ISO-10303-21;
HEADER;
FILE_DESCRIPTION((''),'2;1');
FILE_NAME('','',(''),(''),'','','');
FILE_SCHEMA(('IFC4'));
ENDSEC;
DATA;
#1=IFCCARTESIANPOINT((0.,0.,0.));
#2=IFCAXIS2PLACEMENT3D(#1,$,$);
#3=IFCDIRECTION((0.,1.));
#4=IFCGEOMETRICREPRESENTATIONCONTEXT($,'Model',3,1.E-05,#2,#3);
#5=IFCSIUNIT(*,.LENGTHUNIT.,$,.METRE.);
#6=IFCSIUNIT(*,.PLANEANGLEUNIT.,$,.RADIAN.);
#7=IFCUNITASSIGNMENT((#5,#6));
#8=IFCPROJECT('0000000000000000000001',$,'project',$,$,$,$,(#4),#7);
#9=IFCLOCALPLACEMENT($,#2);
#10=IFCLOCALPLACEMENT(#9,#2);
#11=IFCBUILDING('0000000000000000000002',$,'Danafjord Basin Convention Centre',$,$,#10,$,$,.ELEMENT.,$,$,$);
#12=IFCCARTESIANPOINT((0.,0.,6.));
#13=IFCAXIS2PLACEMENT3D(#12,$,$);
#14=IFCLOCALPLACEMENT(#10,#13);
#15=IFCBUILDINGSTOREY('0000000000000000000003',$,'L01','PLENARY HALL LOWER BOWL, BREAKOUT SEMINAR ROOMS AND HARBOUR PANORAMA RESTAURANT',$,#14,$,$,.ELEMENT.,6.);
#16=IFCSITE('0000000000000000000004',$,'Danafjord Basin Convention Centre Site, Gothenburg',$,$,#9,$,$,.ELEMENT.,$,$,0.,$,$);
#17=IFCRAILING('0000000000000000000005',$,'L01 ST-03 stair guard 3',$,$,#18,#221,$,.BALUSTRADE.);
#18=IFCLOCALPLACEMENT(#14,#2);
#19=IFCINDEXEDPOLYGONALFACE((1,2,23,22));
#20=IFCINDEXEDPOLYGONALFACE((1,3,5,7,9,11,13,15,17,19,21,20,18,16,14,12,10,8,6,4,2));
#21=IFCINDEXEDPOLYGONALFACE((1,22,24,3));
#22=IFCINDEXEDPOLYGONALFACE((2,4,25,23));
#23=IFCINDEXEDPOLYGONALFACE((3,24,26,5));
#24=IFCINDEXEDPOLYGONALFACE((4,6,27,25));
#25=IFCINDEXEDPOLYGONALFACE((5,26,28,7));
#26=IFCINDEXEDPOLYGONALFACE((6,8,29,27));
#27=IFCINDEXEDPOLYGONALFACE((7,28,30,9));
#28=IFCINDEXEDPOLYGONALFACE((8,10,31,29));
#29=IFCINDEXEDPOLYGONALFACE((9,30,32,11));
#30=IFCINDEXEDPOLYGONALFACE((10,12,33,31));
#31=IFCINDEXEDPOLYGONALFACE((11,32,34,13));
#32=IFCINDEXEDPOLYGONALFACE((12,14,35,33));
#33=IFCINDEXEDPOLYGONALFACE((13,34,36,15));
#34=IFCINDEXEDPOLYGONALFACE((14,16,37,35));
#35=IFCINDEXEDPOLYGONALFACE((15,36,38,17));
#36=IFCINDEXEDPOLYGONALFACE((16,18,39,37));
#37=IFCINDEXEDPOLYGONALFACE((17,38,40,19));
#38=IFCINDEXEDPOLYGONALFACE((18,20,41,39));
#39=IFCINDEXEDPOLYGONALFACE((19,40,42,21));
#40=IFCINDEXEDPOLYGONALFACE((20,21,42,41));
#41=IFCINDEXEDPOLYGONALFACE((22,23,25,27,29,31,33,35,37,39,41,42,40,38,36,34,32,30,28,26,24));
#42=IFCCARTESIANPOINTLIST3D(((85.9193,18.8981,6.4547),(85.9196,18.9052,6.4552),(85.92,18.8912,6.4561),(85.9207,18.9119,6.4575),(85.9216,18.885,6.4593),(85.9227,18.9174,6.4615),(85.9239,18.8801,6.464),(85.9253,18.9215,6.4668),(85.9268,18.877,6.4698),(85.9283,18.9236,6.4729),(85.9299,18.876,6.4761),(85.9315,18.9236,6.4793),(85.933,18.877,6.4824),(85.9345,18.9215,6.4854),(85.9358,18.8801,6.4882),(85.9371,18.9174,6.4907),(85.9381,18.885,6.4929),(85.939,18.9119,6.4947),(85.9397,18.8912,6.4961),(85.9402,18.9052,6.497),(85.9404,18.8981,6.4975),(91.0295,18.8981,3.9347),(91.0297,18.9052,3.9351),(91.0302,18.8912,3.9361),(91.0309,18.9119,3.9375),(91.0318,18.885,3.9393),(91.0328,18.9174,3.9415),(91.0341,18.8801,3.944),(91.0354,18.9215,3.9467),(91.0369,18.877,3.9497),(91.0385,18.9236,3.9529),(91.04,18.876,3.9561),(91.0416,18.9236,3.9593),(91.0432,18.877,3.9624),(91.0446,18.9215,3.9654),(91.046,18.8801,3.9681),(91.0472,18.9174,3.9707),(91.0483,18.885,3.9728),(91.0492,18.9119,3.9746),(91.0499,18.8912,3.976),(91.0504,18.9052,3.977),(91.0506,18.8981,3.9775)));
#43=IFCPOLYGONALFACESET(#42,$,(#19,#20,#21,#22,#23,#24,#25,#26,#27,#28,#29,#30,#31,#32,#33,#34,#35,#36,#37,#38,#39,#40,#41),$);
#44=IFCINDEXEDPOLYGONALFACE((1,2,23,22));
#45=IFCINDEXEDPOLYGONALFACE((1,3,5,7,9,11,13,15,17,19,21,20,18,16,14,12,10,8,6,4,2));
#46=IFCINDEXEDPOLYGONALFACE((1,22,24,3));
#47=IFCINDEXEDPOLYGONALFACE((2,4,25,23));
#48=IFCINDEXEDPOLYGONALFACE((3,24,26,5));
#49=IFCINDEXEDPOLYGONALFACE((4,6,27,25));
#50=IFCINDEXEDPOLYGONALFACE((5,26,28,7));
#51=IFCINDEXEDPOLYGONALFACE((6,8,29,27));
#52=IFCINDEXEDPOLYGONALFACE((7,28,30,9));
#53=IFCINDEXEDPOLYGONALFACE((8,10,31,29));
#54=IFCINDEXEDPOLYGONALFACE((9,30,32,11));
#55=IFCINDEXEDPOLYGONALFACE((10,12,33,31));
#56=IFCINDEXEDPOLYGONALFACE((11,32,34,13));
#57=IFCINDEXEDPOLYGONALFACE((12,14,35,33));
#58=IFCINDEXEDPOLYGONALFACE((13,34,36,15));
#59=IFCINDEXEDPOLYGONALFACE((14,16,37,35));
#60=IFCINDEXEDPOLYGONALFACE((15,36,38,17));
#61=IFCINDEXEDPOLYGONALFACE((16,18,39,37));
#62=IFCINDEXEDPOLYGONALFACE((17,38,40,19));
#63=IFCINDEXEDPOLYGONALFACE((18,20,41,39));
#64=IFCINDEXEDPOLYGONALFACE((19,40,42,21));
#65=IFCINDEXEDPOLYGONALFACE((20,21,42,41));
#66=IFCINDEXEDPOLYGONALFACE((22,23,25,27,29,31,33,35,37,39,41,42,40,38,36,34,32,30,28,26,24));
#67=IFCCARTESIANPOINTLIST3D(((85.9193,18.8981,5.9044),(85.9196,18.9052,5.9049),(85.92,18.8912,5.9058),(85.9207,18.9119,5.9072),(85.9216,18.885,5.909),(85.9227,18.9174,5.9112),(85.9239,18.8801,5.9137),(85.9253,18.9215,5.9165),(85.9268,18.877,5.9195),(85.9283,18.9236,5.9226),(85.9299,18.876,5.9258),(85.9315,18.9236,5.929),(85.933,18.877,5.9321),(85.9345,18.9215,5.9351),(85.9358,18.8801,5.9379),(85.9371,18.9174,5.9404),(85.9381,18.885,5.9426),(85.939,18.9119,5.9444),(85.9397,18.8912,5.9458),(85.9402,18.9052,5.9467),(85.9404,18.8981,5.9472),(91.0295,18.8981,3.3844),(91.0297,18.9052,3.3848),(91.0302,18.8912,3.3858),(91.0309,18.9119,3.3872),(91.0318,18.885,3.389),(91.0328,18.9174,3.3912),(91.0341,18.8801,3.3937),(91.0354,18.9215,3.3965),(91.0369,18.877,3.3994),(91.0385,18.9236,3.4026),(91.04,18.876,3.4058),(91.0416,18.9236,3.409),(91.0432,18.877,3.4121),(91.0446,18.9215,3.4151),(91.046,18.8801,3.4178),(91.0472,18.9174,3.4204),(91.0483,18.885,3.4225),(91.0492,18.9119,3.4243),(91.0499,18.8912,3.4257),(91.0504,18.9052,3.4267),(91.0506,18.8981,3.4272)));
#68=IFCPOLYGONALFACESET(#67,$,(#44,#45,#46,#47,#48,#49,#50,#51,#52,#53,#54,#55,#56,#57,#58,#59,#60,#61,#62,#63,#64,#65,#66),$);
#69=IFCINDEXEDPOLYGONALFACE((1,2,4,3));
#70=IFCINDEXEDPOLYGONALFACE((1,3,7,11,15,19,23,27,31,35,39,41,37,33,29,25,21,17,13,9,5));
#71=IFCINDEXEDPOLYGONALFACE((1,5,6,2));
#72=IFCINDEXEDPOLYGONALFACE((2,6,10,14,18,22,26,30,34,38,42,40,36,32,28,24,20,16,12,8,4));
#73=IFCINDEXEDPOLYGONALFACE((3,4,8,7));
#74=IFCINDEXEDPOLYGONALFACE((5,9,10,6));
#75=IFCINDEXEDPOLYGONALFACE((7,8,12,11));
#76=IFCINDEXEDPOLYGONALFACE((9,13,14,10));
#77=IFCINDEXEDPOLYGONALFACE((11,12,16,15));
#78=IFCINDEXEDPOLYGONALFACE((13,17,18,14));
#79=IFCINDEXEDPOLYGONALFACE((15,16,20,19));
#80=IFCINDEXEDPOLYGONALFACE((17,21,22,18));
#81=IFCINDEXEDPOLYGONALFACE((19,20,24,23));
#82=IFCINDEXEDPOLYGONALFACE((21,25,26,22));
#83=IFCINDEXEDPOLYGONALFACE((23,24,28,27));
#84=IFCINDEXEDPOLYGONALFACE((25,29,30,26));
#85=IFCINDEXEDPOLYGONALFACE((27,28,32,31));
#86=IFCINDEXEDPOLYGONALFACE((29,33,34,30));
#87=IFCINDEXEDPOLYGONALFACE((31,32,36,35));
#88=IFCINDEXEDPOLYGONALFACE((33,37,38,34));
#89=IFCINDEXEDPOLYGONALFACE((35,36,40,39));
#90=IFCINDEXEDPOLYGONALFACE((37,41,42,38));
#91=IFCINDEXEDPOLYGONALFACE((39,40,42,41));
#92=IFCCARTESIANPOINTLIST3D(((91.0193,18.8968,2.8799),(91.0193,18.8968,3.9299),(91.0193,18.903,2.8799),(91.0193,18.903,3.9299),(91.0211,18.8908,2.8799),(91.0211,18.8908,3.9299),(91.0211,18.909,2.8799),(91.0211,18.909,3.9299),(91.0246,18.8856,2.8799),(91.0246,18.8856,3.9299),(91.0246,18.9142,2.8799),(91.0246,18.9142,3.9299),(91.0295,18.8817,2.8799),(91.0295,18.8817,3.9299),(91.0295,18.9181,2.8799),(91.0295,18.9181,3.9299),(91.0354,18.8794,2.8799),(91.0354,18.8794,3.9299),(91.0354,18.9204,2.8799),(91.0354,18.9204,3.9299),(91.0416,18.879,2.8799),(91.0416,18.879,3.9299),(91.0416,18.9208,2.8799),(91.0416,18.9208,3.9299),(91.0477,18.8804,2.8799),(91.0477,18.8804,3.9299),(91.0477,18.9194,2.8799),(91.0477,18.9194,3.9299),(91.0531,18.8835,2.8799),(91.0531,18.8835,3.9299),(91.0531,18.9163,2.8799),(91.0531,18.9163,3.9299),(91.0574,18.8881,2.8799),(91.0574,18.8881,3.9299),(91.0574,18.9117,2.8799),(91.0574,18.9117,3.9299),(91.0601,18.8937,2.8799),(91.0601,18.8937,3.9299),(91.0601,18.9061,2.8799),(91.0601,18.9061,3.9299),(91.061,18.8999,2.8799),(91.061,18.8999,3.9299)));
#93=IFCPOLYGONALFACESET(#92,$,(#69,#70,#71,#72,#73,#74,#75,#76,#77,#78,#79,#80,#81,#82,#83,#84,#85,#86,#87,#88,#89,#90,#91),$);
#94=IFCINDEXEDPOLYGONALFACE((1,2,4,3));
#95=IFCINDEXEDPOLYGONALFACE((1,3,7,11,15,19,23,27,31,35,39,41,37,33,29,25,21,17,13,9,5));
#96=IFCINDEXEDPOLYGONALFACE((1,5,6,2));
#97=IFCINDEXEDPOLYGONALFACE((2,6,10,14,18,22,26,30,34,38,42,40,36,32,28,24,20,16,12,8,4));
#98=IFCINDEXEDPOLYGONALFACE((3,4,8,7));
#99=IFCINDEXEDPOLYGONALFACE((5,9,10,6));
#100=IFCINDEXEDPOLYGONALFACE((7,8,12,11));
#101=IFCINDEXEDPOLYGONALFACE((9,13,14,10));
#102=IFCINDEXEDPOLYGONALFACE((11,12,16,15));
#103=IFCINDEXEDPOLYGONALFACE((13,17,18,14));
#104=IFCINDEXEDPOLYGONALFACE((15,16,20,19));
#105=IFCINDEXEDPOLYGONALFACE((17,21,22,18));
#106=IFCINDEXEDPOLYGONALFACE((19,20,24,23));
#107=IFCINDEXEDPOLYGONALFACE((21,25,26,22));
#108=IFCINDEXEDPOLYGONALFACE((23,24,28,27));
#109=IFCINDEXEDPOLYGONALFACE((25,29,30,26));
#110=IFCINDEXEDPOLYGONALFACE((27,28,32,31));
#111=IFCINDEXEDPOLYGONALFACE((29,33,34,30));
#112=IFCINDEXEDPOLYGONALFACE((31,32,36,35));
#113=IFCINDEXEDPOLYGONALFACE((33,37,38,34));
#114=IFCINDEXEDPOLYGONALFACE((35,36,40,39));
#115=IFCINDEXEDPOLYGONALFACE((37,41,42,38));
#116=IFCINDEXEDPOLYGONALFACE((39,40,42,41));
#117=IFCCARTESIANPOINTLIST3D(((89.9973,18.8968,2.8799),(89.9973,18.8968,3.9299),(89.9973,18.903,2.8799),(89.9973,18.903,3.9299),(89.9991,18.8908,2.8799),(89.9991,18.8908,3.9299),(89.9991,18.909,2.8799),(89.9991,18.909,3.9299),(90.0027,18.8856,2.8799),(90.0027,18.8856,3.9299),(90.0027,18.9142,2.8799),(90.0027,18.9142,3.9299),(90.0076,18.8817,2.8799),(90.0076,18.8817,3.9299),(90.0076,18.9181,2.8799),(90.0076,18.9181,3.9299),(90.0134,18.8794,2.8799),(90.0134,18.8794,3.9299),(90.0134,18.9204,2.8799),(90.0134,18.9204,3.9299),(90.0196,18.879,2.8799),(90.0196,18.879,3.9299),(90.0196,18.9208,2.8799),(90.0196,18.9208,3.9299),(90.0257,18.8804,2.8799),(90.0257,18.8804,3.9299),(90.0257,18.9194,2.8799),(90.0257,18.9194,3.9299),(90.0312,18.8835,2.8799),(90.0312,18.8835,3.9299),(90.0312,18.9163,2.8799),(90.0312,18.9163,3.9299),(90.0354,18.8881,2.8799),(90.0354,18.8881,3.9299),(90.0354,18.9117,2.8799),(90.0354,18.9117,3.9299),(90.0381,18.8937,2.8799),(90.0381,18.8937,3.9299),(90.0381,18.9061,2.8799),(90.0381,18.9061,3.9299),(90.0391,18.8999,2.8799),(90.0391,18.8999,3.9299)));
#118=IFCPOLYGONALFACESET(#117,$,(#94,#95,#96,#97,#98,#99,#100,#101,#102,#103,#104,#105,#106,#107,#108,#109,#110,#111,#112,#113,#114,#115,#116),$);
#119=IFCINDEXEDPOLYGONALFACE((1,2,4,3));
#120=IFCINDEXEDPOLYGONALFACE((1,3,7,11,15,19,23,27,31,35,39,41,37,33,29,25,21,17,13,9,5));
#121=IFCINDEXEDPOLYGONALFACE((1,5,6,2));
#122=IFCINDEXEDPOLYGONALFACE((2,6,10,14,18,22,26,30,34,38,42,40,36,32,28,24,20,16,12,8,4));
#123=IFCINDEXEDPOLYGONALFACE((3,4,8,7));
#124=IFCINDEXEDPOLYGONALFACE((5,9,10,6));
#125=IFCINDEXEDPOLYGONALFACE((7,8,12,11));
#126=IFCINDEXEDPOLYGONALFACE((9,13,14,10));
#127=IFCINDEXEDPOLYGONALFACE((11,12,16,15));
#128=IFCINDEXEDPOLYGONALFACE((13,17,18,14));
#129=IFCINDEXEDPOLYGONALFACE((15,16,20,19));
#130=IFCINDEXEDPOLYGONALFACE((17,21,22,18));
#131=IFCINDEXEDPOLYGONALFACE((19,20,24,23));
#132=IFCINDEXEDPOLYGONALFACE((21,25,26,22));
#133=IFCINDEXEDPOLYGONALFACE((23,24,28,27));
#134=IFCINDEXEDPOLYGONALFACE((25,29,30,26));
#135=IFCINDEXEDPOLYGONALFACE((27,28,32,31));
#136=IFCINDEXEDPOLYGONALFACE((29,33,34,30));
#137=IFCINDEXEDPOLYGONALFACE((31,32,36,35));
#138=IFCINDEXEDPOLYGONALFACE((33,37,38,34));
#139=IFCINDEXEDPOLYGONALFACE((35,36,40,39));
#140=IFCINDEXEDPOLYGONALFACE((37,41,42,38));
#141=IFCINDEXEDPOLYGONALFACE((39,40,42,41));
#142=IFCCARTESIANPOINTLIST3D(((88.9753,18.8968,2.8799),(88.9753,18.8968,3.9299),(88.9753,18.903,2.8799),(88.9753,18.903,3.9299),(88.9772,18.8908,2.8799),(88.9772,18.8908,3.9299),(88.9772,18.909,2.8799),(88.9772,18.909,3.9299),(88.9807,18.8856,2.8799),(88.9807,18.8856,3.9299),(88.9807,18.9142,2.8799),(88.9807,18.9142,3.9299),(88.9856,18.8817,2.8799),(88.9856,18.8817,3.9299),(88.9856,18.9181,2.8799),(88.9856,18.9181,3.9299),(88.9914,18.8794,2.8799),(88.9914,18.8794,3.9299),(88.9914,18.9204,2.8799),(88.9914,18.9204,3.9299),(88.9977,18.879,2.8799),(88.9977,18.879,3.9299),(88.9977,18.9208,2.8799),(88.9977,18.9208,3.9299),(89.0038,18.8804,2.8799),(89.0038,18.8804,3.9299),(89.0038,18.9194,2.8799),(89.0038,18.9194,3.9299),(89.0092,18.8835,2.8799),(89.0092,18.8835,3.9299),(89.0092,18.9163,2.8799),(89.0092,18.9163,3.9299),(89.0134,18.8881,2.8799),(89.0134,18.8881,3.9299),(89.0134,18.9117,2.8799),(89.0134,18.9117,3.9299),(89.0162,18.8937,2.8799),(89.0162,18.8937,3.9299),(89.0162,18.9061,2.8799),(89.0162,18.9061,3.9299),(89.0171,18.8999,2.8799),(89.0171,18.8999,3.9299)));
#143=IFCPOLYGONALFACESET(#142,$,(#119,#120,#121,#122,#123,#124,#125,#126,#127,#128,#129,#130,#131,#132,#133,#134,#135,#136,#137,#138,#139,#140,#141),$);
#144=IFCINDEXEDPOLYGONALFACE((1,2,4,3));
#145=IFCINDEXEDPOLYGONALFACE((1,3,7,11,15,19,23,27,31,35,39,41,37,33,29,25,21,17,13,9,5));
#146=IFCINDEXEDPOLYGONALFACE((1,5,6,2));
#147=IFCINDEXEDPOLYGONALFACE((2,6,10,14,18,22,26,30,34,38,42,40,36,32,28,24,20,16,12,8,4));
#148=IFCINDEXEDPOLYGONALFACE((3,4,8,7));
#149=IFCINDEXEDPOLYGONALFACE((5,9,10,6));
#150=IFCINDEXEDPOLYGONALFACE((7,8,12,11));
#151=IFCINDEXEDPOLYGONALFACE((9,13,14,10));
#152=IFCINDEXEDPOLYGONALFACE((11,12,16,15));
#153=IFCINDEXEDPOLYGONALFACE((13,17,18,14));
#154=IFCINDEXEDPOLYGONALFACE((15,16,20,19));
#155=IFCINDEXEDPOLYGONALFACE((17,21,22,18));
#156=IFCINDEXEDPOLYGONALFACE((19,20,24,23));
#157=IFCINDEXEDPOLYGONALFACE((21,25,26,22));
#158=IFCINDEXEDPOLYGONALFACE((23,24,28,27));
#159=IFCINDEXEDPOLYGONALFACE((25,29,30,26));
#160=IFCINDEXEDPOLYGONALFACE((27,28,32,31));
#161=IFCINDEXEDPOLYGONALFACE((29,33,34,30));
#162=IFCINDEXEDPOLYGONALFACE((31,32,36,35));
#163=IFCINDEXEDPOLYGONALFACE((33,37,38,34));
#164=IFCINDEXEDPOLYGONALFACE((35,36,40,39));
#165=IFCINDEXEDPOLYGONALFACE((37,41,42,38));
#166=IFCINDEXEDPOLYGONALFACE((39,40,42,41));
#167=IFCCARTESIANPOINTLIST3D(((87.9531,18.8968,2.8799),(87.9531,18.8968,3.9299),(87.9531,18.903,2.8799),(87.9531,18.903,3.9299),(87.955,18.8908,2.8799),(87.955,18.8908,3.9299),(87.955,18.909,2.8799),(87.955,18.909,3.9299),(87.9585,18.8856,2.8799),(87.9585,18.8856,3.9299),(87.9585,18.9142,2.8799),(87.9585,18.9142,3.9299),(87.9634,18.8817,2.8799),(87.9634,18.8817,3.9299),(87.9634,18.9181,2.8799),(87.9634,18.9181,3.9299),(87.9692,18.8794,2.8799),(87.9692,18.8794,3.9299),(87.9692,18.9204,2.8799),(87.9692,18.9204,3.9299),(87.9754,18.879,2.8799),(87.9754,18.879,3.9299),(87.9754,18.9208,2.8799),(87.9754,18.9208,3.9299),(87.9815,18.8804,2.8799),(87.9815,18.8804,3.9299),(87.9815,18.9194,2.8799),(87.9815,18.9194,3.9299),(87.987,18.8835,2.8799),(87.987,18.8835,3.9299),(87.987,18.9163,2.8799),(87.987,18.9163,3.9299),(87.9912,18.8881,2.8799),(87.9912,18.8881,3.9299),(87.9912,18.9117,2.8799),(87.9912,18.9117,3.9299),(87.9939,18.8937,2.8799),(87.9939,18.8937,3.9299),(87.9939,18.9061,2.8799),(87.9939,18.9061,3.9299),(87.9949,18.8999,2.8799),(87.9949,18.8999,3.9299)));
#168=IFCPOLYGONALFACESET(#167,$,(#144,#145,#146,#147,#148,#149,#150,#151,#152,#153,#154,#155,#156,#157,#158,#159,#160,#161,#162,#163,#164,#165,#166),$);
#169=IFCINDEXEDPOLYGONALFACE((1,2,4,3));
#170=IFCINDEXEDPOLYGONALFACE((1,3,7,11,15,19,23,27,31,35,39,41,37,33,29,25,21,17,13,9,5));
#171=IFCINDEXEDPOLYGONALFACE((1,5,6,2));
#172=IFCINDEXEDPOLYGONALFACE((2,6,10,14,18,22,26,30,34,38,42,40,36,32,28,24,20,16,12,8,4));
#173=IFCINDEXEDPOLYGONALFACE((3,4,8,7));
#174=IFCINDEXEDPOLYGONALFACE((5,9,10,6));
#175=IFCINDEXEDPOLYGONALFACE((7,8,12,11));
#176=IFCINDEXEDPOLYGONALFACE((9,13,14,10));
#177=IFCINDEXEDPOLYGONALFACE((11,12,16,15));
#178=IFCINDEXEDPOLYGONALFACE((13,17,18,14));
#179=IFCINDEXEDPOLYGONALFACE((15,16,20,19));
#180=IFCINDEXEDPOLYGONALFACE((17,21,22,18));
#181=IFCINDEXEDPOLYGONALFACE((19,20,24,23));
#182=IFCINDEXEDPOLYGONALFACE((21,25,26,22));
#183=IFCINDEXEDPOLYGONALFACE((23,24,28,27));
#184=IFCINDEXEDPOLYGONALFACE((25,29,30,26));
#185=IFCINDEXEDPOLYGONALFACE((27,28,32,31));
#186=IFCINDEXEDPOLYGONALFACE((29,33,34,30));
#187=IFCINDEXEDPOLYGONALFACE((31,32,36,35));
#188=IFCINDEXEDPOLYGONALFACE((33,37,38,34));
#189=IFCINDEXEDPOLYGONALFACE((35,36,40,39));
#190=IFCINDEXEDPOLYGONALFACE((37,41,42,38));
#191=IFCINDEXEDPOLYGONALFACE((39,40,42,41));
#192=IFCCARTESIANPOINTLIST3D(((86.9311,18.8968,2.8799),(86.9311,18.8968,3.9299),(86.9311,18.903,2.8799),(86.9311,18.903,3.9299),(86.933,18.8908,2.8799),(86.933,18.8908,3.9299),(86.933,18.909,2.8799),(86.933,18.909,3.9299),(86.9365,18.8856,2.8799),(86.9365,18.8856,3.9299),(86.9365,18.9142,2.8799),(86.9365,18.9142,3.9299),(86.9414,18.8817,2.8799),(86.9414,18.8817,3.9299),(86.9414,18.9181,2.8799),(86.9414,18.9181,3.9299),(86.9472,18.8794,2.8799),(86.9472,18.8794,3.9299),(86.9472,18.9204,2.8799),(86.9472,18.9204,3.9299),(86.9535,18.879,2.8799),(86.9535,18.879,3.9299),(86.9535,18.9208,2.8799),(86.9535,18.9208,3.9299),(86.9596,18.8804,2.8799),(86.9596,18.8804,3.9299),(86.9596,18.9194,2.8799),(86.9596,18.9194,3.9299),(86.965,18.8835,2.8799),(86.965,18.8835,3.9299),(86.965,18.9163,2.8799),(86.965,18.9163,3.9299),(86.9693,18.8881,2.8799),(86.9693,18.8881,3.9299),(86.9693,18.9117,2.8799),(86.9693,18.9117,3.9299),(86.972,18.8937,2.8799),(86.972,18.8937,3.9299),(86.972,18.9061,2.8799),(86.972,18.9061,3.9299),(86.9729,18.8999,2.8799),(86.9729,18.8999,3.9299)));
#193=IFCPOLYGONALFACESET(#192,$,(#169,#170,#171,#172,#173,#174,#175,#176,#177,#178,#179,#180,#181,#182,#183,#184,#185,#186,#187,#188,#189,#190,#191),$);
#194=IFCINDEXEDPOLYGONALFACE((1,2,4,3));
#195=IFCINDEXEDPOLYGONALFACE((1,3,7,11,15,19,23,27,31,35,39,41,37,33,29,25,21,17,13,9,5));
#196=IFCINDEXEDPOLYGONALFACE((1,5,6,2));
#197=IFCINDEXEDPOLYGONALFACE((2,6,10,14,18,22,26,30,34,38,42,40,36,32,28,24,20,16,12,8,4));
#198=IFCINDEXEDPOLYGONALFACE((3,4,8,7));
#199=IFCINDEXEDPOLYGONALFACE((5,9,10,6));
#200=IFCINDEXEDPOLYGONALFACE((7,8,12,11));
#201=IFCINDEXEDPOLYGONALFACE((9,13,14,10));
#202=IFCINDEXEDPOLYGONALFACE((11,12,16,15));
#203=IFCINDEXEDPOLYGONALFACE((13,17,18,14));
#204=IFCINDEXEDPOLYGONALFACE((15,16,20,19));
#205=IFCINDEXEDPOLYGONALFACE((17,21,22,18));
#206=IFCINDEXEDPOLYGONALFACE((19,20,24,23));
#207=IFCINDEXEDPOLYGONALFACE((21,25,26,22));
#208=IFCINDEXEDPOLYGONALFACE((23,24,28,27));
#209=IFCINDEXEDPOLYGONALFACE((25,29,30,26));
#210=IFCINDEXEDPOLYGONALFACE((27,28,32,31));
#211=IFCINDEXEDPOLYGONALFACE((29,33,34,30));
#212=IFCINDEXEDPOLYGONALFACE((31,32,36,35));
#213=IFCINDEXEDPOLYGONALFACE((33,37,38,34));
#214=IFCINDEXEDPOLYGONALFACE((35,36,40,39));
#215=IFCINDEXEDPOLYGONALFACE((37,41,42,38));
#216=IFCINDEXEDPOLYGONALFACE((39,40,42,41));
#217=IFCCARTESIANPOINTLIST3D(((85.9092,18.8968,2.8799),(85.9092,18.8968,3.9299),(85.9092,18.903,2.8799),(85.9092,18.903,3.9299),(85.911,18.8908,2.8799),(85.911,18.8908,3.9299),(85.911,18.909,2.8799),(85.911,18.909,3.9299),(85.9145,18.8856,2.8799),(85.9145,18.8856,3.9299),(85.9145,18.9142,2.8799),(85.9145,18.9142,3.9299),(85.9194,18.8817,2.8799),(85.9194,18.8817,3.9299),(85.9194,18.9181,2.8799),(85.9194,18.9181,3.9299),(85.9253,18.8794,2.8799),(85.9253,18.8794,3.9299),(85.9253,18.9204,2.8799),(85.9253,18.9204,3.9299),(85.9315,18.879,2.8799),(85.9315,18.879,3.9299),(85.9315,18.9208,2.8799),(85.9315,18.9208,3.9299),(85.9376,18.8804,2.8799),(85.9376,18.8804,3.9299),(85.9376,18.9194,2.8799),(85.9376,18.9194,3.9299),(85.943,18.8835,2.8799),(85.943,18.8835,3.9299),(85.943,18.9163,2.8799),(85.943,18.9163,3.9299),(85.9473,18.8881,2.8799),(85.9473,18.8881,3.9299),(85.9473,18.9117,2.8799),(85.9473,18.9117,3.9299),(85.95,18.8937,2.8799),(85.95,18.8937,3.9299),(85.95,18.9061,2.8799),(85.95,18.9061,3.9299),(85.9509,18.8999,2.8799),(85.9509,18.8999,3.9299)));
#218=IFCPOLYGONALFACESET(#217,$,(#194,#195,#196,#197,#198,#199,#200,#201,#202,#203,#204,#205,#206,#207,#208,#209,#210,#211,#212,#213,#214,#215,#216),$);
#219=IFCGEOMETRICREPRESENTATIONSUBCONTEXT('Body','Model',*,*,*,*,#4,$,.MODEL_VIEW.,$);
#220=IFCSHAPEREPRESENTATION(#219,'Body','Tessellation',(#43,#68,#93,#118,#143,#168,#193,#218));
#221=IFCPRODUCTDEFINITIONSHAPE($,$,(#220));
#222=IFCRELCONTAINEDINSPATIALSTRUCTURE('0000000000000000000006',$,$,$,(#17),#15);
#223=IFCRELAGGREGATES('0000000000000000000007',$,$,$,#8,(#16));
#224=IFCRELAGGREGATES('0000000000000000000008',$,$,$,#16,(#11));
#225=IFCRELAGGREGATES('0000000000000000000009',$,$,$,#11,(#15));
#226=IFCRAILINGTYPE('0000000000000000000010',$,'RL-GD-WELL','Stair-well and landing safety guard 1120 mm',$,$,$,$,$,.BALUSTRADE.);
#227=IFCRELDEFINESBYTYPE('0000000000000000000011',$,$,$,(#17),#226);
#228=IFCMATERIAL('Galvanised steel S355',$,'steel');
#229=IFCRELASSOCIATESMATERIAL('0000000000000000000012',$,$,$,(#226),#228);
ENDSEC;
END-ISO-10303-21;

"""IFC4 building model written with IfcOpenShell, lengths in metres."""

from ifc_helpers import new_model, si_unit, direction, frame, origin, origin_2d, place, context, subcontext, project, spatial, circle, extrude, material, type_object, element, save


model = new_model("IFC4")

# Units and contexts
model_context = context("Model", 3, precision=1e-05, world=origin(), true_north=direction((0.0, 1.0)))
body_context = subcontext(model_context, "Body", "Model", "MODEL_VIEW")
ifc_project = project(units=[si_unit("LENGTHUNIT", "METRE"), si_unit("PLANEANGLEUNIT", "RADIAN")], contexts=[model_context])

# Site, building, storey
site_placement = place(None, origin())
site = spatial("IfcSite", under=ifc_project, at=site_placement, Name="Danafjord Basin Convention Centre Site, Gothenburg", CompositionType="ELEMENT", RefElevation=0.0)
building_placement = place(site_placement, origin())
building = spatial("IfcBuilding", under=site, at=building_placement, Name="Danafjord Basin Convention Centre", CompositionType="ELEMENT")
storey_placement = place(building_placement, frame((0.0, 0.0, 6.0)))
storey = spatial("IfcBuildingStorey", under=building, at=storey_placement, Name="L01", Description="PLENARY HALL LOWER BOWL, BREAKOUT SEMINAR ROOMS AND HARBOUR PANORAMA RESTAURANT", CompositionType="ELEMENT", Elevation=6.0)

# Railing
ifc_material_1 = material(Name="Galvanised steel S355", Category="steel")
railing_type_1 = type_object("IfcRailingType", Name="RL-GD-WELL", Description="Stair-well and landing safety guard 1120 mm", PredefinedType="BALUSTRADE", material=ifc_material_1)
railing_1_placement = place(storey_placement, frame((91.04, 18.8999, 2.8799)))
element("IfcRailing", 1, at=railing_1_placement, inside=storey, type_object=railing_type_1, Name="L01 ST-03 stair guard 3", PredefinedType="BALUSTRADE", context=body_context, shape_type="SweptSolid", body=[
    extrude(circle(Radius=0.0239, at=origin_2d()), frame((0.0, 0.0, 1.0762), z_axis=(-0.896873, 0.0, 0.442288), x_axis=(0.0, -1.0, 0.0)), (0.0, 0.0, 1.0), 5.6978),
    extrude(circle(Radius=0.0239, at=origin_2d()), frame((0.0, 0.0, 0.5259), z_axis=(-0.896873, 0.0, 0.442288), x_axis=(0.0, -1.0, 0.0)), (0.0, 0.0, 1.0), 5.6978),
    extrude(circle(Radius=0.021, at=origin_2d()), origin(), (0.0, 0.0, 1.0), 1.05),
    extrude(circle(Radius=0.021, at=origin_2d()), frame((-1.022, 0.0, 0.0)), (0.0, 0.0, 1.0), 1.05),
    extrude(circle(Radius=0.021, at=origin_2d()), frame((-2.0439, 0.0, 0.0)), (0.0, 0.0, 1.0), 1.05),
    extrude(circle(Radius=0.021, at=origin_2d()), frame((-3.0662, 0.0, 0.0)), (0.0, 0.0, 1.0), 1.05),
    extrude(circle(Radius=0.021, at=origin_2d()), frame((-4.0881, 0.0, 0.0)), (0.0, 0.0, 1.0), 1.05),
    extrude(circle(Radius=0.021, at=origin_2d()), frame((-5.1101, 0.0, 0.0)), (0.0, 0.0, 1.0), 1.05),
])

save(model, "model.ifc")
